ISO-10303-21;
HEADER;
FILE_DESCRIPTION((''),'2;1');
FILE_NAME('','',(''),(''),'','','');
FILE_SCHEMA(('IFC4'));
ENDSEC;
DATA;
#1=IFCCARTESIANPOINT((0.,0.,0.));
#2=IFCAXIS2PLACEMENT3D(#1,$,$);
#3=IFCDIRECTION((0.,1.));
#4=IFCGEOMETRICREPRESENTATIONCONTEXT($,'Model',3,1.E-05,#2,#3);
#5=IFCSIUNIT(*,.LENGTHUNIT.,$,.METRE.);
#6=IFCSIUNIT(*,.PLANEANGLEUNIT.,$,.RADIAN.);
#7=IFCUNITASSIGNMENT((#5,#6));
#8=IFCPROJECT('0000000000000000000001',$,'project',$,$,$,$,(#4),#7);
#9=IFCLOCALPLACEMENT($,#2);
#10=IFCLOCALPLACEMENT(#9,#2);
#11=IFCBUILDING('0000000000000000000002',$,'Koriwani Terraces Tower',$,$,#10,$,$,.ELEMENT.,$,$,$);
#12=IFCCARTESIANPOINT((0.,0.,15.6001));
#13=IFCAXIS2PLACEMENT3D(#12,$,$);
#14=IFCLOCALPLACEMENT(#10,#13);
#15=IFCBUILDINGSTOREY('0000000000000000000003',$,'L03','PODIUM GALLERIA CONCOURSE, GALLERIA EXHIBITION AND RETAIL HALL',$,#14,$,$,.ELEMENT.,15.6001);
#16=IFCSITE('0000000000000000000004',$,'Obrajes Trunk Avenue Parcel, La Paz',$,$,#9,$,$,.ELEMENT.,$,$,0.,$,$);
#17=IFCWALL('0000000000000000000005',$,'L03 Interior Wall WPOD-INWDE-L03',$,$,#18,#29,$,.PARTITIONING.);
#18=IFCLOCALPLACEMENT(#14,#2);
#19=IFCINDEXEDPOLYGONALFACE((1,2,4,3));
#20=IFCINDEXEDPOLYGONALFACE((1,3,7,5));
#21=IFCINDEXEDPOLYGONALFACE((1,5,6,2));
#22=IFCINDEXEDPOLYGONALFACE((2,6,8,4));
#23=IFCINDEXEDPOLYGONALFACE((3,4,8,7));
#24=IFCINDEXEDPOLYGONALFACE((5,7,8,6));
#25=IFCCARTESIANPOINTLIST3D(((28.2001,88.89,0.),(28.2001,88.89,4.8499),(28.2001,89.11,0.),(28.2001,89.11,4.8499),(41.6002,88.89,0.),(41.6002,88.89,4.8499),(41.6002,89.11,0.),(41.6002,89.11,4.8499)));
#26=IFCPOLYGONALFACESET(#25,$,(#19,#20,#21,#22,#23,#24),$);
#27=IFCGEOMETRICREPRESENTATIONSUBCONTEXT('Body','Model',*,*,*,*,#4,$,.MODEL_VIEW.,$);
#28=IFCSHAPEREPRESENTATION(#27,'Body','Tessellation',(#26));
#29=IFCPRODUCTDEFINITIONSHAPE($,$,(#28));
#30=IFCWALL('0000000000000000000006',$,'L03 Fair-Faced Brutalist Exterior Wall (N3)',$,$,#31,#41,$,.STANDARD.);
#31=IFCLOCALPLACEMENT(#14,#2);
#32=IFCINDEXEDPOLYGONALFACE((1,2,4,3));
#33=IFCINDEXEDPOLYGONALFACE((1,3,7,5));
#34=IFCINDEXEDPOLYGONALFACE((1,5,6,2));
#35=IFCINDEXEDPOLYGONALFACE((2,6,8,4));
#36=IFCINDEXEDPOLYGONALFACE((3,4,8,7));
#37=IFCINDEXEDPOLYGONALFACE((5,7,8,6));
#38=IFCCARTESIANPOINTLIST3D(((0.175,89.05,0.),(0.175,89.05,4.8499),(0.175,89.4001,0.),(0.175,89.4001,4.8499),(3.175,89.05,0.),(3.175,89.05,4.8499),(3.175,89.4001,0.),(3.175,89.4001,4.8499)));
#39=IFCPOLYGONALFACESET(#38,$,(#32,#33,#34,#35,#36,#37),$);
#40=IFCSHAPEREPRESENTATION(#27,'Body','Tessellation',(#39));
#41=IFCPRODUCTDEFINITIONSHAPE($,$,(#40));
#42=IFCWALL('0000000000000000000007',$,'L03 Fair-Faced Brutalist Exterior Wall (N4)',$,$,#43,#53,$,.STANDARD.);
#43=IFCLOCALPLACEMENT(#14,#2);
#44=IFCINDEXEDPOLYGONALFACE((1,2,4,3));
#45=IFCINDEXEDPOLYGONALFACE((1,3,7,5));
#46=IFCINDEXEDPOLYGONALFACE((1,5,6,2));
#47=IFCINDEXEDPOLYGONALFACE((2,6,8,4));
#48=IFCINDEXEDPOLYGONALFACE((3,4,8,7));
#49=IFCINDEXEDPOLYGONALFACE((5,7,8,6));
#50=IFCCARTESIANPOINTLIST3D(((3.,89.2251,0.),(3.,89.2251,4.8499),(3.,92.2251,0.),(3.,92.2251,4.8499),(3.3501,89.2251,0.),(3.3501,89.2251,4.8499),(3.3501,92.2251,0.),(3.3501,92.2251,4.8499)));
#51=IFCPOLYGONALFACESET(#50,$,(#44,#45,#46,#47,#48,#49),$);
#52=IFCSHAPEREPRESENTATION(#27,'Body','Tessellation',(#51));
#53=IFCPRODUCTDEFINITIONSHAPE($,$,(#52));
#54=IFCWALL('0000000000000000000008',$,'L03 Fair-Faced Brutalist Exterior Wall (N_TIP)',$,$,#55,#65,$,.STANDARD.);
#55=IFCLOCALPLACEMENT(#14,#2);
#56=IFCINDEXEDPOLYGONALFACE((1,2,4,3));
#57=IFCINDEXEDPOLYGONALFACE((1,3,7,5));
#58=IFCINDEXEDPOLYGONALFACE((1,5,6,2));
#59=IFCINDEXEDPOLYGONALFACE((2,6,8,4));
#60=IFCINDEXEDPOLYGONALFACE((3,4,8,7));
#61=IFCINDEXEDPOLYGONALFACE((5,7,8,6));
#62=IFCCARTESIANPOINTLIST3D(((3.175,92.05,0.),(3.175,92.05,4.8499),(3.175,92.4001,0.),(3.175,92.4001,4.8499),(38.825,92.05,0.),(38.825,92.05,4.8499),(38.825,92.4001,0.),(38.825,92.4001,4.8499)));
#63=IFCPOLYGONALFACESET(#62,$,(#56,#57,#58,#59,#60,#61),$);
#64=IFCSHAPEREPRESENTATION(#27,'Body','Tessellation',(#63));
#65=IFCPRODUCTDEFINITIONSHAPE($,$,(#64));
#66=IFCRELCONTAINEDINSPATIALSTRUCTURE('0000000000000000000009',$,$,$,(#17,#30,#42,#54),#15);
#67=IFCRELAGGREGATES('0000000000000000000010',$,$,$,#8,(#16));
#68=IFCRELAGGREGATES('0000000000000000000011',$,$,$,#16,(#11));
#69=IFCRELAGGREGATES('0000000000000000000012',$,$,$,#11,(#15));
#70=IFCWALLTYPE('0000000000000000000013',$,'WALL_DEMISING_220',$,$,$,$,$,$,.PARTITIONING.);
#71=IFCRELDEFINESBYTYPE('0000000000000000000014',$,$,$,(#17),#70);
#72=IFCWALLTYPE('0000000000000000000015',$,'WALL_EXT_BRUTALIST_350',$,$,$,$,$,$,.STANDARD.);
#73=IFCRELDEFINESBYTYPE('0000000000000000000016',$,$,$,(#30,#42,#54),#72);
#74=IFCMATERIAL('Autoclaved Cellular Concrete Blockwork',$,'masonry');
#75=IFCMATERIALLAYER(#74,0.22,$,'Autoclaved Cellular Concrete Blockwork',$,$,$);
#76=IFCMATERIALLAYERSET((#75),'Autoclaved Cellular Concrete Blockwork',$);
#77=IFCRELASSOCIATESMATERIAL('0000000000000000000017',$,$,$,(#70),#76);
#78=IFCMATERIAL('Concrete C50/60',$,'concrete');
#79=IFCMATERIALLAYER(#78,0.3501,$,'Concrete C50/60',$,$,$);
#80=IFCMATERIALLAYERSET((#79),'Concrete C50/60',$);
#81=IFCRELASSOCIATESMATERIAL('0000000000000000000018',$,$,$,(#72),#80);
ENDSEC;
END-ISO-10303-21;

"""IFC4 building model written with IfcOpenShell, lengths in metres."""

from ifc_helpers import new_model, si_unit, direction, frame, frame_2d, origin, place, context, subcontext, project, spatial, rectangle, extrude, material, layer, layer_set, type_object, element, save


model = new_model("IFC4")

# Units and contexts
model_context = context("Model", 3, precision=1e-05, world=origin(), true_north=direction((0.0, 1.0)))
body_context = subcontext(model_context, "Body", "Model", "MODEL_VIEW")
ifc_project = project(units=[si_unit("LENGTHUNIT", "METRE"), si_unit("PLANEANGLEUNIT", "RADIAN")], contexts=[model_context])

# Site, building, storey
site_placement = place(None, origin())
site = spatial("IfcSite", under=ifc_project, at=site_placement, Name="Obrajes Trunk Avenue Parcel, La Paz", CompositionType="ELEMENT", RefElevation=0.0)
building_placement = place(site_placement, origin())
building = spatial("IfcBuilding", under=site, at=building_placement, Name="Koriwani Terraces Tower", CompositionType="ELEMENT")
storey_placement = place(building_placement, frame((0.0, 0.0, 15.6001)))
storey = spatial("IfcBuildingStorey", under=building, at=storey_placement, Name="L03", Description="PODIUM GALLERIA CONCOURSE, GALLERIA EXHIBITION AND RETAIL HALL", CompositionType="ELEMENT", Elevation=15.6001)

# Walls
ifc_material_1 = material(Name="Autoclaved Cellular Concrete Blockwork", Category="masonry")
ifc_layer_1 = layer(ifc_material_1, 0.22, Name="Autoclaved Cellular Concrete Blockwork")
ifc_layer_set_1 = layer_set([ifc_layer_1], Name="Autoclaved Cellular Concrete Blockwork")
wall_type_1 = type_object("IfcWallType", Name="WALL_DEMISING_220", PredefinedType="PARTITIONING", material=ifc_layer_set_1)
wall_1_placement = place(storey_placement, frame((28.2, 89.0, 0.0), z_axis=(0.0, 0.0, 1.0), x_axis=(1.0, 0.0, 0.0)))
element("IfcWall", 1, at=wall_1_placement, inside=storey, type_object=wall_type_1, Name="L03 Interior Wall WPOD-INWDE-L03", PredefinedType="PARTITIONING", context=body_context, shape_type="SweptSolid", body=[
    extrude(rectangle(XDim=13.4001, YDim=0.22, at=frame_2d((6.7002, 0.0))), origin(), (0.0, 0.0, 1.0), 4.8499),
])
ifc_material_2 = material(Name="Concrete C50/60", Category="concrete")
ifc_layer_2 = layer(ifc_material_2, 0.3501, Name="Concrete C50/60")
ifc_layer_set_2 = layer_set([ifc_layer_2], Name="Concrete C50/60")
wall_type_2 = type_object("IfcWallType", Name="WALL_EXT_BRUTALIST_350", PredefinedType="STANDARD", material=ifc_layer_set_2)
for number, where, z_axis, x_axis, name in (
    (2, (0.175, 89.2251, 0.0), (0.0, 0.0, 1.0), (1.0, 0.0, 0.0), "L03 Fair-Faced Brutalist Exterior Wall (N3)"),
    (3, (3.175, 89.2251, 0.0), (0.0, 0.0, 1.0), (0.0, 1.0, 0.0), "L03 Fair-Faced Brutalist Exterior Wall (N4)"),
):
    element("IfcWall", number, at=place(storey_placement, frame(where, z_axis=z_axis, x_axis=x_axis)), inside=storey, type_object=wall_type_2, Name=name, PredefinedType="STANDARD", context=body_context, shape_type="SweptSolid", body=[
        extrude(rectangle(XDim=3.0, YDim=0.3501, at=frame_2d((1.5, 0.0))), origin(), (0.0, 0.0, 1.0), 4.8499),
    ])
wall_2_placement = place(storey_placement, frame((3.175, 92.2251, 0.0), z_axis=(0.0, 0.0, 1.0), x_axis=(1.0, 0.0, 0.0)))
element("IfcWall", 4, at=wall_2_placement, inside=storey, type_object=wall_type_2, Name="L03 Fair-Faced Brutalist Exterior Wall (N_TIP)", PredefinedType="STANDARD", context=body_context, shape_type="SweptSolid", body=[
    extrude(rectangle(XDim=35.6499, YDim=0.3501, at=frame_2d((17.825, 0.0))), origin(), (0.0, 0.0, 1.0), 4.8499),
])

save(model, "model.ifc")
